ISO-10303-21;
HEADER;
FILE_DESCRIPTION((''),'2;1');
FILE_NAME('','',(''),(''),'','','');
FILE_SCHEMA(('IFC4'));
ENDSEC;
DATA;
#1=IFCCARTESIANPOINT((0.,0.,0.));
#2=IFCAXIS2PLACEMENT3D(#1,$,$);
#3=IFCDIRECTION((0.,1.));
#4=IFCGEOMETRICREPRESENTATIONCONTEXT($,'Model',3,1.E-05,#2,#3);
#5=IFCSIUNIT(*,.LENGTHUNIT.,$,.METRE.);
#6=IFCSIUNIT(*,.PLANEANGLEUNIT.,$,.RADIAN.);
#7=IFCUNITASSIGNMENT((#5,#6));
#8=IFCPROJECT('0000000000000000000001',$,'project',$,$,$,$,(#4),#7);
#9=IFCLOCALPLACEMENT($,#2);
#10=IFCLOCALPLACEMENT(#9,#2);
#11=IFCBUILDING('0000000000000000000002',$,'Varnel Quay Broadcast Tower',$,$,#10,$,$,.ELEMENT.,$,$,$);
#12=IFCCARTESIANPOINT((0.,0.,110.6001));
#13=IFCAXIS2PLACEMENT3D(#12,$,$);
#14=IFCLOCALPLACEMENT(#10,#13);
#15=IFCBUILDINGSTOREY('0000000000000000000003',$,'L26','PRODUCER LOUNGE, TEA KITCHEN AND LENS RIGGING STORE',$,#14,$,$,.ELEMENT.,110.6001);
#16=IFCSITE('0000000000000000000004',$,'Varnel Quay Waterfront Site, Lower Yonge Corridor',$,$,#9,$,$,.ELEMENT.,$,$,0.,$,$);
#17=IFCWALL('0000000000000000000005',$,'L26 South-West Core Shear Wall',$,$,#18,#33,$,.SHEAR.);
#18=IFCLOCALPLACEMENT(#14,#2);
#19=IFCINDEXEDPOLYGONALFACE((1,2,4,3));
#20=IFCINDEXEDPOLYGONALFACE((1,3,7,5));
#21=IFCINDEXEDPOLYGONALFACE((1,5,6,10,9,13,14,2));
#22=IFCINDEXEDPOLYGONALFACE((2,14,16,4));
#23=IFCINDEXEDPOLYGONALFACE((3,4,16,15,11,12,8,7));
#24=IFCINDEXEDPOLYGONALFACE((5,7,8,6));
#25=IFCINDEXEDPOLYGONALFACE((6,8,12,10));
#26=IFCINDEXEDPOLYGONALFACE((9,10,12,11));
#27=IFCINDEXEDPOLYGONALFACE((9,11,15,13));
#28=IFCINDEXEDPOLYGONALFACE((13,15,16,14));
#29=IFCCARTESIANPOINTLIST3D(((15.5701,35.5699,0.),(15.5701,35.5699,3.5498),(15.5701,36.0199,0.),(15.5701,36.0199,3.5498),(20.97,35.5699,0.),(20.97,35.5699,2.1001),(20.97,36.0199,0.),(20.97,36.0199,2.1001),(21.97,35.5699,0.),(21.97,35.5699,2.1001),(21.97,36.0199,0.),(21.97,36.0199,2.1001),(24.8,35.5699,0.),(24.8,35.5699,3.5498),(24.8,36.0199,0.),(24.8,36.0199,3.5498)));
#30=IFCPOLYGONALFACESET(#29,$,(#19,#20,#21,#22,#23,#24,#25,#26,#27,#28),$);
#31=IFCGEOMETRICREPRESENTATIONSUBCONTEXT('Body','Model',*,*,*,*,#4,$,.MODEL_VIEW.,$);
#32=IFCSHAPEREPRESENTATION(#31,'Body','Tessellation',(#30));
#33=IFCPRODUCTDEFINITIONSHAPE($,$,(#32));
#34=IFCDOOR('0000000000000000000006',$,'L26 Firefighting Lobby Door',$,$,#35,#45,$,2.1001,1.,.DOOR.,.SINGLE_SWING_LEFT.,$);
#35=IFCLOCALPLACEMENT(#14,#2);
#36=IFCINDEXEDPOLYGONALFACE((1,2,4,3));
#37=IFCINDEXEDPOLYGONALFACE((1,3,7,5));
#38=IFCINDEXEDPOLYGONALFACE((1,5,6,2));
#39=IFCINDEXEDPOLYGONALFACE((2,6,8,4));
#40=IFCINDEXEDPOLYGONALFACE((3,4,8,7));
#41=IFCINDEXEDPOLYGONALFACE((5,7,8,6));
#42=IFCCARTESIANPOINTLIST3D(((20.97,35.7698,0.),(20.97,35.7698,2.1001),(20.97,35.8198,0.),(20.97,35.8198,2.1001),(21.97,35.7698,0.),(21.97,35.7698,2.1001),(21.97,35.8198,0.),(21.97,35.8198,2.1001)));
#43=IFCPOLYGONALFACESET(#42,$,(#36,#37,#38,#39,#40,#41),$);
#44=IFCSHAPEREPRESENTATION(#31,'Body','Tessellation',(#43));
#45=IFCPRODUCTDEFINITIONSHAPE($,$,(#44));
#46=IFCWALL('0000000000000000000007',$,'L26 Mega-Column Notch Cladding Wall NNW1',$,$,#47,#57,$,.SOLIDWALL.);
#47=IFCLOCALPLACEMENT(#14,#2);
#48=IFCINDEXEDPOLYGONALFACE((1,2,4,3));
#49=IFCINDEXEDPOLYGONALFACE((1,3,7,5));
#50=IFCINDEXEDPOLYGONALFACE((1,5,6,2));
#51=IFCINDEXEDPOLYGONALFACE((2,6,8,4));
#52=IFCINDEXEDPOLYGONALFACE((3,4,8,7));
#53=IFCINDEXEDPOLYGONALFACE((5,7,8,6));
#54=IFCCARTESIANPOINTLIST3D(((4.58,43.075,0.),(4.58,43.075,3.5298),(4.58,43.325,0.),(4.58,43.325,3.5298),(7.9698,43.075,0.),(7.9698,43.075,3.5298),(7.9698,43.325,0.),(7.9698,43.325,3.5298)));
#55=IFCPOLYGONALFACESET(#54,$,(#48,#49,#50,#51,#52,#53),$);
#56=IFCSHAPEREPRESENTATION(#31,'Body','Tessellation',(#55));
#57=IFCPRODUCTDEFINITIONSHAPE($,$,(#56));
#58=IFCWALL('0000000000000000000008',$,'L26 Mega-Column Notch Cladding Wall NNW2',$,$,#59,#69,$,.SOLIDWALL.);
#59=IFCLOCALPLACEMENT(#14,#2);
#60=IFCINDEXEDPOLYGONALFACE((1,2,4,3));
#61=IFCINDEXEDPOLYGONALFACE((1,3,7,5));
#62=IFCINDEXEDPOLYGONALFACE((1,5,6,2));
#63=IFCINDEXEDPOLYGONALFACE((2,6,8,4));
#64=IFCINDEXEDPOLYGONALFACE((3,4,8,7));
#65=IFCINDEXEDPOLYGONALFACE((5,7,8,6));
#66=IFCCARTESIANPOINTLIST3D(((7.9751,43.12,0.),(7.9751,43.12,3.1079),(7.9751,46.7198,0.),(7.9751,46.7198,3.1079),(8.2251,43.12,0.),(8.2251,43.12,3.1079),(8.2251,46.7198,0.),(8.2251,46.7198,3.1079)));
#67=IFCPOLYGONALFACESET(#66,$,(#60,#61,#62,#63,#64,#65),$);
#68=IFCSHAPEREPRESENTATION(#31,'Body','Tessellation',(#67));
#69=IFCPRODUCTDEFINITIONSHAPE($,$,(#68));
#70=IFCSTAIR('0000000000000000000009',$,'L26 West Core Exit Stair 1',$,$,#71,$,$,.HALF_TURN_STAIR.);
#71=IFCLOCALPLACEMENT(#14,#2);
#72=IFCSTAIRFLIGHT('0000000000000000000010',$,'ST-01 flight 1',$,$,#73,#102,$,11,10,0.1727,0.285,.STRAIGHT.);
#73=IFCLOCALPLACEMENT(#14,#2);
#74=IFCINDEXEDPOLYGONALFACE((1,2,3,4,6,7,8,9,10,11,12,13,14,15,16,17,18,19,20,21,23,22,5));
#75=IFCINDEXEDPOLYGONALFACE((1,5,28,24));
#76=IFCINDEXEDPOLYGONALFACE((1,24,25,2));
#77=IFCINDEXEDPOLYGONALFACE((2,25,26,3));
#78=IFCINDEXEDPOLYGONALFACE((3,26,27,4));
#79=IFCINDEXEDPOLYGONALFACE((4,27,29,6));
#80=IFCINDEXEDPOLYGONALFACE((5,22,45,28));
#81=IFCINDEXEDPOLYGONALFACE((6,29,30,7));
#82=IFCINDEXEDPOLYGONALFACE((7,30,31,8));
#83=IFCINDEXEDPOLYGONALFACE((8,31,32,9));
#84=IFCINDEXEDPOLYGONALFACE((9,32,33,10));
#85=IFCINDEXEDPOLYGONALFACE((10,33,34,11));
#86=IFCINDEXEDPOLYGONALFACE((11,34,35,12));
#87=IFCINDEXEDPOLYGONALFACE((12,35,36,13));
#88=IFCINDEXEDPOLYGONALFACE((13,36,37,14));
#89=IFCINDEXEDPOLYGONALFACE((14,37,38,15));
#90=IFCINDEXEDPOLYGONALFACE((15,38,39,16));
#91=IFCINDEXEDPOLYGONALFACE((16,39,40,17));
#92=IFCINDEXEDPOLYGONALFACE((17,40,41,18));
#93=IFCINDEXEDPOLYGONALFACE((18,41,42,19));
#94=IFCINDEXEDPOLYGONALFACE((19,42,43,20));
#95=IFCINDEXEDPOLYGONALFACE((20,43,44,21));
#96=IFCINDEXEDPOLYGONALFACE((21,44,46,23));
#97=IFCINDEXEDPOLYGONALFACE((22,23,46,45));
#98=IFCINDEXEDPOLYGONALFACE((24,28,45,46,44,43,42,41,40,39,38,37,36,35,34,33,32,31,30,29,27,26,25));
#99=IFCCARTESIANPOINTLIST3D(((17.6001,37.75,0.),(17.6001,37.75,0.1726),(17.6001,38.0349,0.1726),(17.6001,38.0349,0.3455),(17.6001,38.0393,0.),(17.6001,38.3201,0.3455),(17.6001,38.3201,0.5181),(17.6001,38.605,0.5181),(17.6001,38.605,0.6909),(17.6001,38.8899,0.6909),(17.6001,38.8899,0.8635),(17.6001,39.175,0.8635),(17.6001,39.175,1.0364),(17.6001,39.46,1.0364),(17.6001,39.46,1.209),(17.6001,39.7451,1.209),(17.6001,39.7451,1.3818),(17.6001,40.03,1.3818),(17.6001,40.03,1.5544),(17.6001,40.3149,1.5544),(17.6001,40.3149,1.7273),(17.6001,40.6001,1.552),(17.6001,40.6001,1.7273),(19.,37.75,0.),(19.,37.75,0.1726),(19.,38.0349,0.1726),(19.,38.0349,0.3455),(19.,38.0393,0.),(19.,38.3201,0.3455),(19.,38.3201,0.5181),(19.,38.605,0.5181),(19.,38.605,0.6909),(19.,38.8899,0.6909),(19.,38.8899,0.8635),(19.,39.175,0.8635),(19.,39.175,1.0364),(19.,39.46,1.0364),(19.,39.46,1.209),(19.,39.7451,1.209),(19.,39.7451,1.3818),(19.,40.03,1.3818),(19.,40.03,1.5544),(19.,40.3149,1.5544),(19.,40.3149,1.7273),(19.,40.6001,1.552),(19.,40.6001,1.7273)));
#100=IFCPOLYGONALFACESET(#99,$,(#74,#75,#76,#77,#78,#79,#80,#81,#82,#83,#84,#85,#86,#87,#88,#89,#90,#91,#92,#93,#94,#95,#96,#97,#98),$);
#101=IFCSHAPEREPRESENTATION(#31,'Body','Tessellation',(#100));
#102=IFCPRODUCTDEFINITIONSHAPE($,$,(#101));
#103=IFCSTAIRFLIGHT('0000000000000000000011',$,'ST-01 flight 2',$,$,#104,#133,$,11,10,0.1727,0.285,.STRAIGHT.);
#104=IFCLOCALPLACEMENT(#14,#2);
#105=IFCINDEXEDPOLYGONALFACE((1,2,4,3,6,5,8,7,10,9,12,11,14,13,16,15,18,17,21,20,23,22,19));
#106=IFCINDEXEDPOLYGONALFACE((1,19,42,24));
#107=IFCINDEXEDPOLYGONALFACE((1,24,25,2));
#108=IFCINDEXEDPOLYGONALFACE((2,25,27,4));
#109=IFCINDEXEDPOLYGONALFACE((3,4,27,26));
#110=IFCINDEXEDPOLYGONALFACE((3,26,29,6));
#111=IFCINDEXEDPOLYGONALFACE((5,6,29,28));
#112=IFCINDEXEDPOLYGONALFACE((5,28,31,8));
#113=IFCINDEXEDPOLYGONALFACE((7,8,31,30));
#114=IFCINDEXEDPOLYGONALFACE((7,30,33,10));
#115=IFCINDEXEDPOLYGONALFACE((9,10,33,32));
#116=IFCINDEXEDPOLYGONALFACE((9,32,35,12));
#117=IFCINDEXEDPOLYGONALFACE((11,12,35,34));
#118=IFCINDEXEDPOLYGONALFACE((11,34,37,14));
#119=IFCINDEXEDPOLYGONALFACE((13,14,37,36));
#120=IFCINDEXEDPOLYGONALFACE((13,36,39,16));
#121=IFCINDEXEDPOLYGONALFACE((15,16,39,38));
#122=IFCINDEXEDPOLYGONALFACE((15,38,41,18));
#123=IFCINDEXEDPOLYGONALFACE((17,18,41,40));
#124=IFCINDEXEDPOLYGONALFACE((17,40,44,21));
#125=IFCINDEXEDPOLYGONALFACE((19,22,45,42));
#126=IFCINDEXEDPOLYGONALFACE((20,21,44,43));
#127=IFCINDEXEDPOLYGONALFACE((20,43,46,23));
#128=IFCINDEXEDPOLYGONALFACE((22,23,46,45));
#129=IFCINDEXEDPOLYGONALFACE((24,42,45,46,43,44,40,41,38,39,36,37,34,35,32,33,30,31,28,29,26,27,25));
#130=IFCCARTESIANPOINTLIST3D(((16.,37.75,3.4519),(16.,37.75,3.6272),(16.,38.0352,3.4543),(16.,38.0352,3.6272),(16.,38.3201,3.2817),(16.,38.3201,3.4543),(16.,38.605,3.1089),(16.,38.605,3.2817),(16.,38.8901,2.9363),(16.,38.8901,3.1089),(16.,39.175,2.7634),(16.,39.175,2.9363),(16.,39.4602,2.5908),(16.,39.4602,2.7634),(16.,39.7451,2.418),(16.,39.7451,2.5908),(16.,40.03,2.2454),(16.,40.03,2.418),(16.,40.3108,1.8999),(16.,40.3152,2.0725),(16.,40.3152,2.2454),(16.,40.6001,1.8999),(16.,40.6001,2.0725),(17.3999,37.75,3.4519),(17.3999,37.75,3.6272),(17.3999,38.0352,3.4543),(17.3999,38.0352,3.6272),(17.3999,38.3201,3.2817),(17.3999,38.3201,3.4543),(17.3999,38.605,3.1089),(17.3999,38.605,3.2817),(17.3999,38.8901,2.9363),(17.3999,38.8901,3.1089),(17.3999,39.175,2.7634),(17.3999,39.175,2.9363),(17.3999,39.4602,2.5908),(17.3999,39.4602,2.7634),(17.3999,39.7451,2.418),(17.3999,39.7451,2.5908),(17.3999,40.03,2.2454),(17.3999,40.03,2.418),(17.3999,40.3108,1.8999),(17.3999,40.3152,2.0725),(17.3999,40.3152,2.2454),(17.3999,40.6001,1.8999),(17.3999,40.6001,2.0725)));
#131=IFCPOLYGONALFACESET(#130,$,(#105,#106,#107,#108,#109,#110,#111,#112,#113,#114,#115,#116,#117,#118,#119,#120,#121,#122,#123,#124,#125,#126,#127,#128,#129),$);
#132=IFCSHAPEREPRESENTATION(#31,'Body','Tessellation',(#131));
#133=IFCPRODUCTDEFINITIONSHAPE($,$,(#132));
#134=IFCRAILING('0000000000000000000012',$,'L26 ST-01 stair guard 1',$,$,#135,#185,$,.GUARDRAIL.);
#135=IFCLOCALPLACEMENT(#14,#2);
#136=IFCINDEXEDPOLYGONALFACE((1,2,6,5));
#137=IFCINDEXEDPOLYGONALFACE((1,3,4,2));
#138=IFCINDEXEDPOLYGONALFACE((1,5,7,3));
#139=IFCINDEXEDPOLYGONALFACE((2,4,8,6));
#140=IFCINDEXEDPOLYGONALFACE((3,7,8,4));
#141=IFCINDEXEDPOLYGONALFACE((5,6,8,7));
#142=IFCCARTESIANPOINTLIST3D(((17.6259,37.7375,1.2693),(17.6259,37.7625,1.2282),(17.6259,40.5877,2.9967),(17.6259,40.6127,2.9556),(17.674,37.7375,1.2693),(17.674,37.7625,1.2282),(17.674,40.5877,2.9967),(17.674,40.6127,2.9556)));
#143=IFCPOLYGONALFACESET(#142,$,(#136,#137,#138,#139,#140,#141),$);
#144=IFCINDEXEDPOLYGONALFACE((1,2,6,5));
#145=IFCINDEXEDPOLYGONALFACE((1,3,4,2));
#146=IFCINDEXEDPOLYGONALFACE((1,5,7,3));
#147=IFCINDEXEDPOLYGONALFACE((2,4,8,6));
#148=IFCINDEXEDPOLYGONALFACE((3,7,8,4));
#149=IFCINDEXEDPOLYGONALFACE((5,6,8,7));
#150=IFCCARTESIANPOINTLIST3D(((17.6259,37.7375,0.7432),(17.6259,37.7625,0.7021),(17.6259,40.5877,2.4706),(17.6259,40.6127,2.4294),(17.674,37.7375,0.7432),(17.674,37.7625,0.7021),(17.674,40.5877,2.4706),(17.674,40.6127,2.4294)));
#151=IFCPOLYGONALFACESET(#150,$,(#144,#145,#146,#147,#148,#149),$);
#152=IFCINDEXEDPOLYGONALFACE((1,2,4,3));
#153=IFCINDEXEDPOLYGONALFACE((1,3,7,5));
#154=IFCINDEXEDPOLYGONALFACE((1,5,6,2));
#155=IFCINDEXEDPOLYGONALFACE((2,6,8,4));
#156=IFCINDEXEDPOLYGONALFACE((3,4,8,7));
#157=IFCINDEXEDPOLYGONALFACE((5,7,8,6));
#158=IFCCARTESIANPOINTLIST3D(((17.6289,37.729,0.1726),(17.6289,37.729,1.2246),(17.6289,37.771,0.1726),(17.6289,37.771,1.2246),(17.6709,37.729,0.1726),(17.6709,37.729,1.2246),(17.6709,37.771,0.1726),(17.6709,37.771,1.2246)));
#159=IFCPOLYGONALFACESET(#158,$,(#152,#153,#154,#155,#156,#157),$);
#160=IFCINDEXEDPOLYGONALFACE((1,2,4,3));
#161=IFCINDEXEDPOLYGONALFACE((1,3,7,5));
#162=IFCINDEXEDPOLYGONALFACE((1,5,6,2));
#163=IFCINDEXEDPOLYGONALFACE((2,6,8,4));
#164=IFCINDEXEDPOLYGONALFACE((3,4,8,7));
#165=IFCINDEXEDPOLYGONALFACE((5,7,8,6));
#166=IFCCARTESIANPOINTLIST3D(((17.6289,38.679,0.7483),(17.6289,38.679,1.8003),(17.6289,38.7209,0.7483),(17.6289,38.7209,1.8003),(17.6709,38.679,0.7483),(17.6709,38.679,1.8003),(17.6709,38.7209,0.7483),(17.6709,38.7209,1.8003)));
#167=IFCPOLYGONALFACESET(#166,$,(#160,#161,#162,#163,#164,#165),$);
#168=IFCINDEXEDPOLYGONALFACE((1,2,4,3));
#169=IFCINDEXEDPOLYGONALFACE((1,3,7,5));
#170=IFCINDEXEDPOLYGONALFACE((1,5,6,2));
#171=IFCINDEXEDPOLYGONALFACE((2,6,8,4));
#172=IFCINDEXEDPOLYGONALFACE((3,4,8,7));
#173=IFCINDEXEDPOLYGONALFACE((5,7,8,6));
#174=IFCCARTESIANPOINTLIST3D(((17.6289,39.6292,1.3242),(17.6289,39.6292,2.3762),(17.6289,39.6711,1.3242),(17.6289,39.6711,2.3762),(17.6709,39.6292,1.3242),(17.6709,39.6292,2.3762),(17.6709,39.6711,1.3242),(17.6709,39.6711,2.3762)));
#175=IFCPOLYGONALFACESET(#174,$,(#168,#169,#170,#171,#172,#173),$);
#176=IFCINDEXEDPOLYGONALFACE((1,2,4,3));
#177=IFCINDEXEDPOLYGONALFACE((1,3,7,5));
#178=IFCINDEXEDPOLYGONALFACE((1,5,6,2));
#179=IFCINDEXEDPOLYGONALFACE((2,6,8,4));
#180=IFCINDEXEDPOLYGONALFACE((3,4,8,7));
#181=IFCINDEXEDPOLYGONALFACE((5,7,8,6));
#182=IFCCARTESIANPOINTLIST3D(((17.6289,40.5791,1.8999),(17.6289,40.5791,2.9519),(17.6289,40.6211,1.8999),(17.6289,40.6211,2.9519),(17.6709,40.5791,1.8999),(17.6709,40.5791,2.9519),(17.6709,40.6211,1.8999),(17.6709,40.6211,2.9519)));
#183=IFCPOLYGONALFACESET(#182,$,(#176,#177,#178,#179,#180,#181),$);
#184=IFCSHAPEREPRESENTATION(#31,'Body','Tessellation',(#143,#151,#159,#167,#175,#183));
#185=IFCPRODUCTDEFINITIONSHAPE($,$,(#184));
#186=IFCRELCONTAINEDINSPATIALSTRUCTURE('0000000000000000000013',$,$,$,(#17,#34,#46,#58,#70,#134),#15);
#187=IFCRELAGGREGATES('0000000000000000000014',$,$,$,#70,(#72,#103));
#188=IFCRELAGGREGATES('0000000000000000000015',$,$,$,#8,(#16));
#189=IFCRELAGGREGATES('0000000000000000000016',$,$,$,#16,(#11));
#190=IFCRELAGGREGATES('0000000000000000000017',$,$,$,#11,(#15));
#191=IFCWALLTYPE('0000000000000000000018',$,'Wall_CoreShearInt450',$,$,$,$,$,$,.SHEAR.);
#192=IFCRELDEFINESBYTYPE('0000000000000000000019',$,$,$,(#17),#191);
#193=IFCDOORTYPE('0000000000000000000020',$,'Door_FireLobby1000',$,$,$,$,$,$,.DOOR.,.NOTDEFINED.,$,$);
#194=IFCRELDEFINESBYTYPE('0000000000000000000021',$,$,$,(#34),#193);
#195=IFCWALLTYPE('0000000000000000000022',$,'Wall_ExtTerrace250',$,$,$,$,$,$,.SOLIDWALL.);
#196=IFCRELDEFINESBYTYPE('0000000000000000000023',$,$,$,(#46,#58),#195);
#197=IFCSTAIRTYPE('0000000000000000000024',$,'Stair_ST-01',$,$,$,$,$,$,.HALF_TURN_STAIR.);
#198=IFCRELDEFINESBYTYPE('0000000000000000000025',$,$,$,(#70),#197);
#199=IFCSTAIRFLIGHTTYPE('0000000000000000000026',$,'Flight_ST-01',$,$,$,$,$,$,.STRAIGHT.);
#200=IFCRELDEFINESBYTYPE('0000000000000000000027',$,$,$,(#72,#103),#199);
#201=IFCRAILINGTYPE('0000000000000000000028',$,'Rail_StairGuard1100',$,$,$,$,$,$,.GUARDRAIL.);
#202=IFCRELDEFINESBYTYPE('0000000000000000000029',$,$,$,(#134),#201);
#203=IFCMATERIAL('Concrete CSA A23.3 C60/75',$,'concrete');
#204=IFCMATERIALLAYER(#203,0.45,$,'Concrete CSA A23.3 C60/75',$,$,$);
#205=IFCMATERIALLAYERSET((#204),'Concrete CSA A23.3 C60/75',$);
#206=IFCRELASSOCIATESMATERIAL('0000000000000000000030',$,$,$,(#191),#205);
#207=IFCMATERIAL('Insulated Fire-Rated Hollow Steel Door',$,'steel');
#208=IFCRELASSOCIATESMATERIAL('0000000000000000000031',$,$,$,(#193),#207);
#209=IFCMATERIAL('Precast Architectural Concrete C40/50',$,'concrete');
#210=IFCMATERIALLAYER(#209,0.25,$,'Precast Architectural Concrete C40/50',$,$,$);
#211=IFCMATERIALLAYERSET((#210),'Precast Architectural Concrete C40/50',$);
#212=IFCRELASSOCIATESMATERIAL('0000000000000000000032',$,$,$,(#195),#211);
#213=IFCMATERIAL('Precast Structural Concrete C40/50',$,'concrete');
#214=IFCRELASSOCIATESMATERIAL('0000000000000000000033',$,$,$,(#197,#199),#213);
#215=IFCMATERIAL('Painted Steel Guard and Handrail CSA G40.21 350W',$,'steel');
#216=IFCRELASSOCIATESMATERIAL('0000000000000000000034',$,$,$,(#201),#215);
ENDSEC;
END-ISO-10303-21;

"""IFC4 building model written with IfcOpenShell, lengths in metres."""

from ifc_helpers import new_model, si_unit, direction, frame, frame_2d, origin, origin_2d, place, context, subcontext, project, spatial, polyline, rectangle, outline, extrude, source, transform, mapped, material, layer, layer_set, type_object, type_shapes, element, fill, aggregate, save


model = new_model("IFC4")

# Units and contexts
model_context = context("Model", 3, precision=1e-05, world=origin(), true_north=direction((0.0, 1.0)))
body_context = subcontext(model_context, "Body", "Model", "MODEL_VIEW")
ifc_project = project(units=[si_unit("LENGTHUNIT", "METRE"), si_unit("PLANEANGLEUNIT", "RADIAN")], contexts=[model_context])

# Site, building, storey
site_placement = place(None, origin())
site = spatial("IfcSite", under=ifc_project, at=site_placement, Name="Varnel Quay Waterfront Site, Lower Yonge Corridor", CompositionType="ELEMENT", RefElevation=0.0)
building_placement = place(site_placement, origin())
building = spatial("IfcBuilding", under=site, at=building_placement, Name="Varnel Quay Broadcast Tower", CompositionType="ELEMENT")
storey_placement = place(building_placement, frame((0.0, 0.0, 110.6001)))
storey = spatial("IfcBuildingStorey", under=building, at=storey_placement, Name="L26", Description="PRODUCER LOUNGE, TEA KITCHEN AND LENS RIGGING STORE", CompositionType="ELEMENT", Elevation=110.6001)

# Shared definitions
ifc_material_1 = material(Name="Concrete CSA A23.3 C60/75", Category="concrete")

# Shared definitions
ifc_material_2 = material(Name="Insulated Fire-Rated Hollow Steel Door", Category="steel")

# Wall, opening, door
ifc_layer_1 = layer(ifc_material_1, 0.45, Name="Concrete CSA A23.3 C60/75")
ifc_layer_set_1 = layer_set([ifc_layer_1], Name="Concrete CSA A23.3 C60/75")
wall_type_1 = type_object("IfcWallType", Name="Wall_CoreShearInt450", PredefinedType="SHEAR", material=ifc_layer_set_1)
wall_1_placement = place(storey_placement, frame((15.5701, 35.7949, 0.0), z_axis=(0.0, 0.0, 1.0), x_axis=(1.0, 0.0, 0.0)))
wall_1 = element("IfcWall", 1, at=wall_1_placement, inside=storey, type_object=wall_type_1, Name="L26 South-West Core Shear Wall", PredefinedType="SHEAR", context=body_context, shape_type="SweptSolid", body=[
    extrude(rectangle(XDim=9.23, YDim=0.45, at=frame_2d((4.615, 0.0))), origin(), (0.0, 0.0, 1.0), 3.5498),
])
opening_1_placement = place(wall_1_placement, frame((5.3999, 0.0, 0.0)))
opening_1 = element("IfcOpeningElement", 2, at=opening_1_placement, cuts=wall_1, PredefinedType="OPENING", context=body_context, shape_type="SweptSolid", body=[
    extrude(rectangle(XDim=1.0, YDim=2.1001, at=frame_2d((0.5, 1.05))), frame((0.0, 0.2349, 0.0), z_axis=(0.0, -1.0, 0.0), x_axis=(1.0, 0.0, 0.0)), (0.0, 0.0, 1.0), 0.47),
])
door_type_1 = type_object("IfcDoorType", Name="Door_FireLobby1000", OperationType="NOTDEFINED", PredefinedType="DOOR", material=ifc_material_2)
shared_shape_1 = source(origin(), body_context, "Body", "SweptSolid", [
    extrude(rectangle(XDim=1.0, YDim=2.1001, at=frame_2d((0.5, 1.05))), frame((0.0, 0.0249, 0.0), z_axis=(0.0, -1.0, 0.0), x_axis=(1.0, 0.0, 0.0)), (0.0, 0.0, 1.0), 0.05),
])
type_shapes(door_type_1, [shared_shape_1])
door_1_placement = place(opening_1_placement, origin())
door_1 = element("IfcDoor", 3, at=door_1_placement, inside=storey, type_object=door_type_1, Name="L26 Firefighting Lobby Door", OperationType="SINGLE_SWING_LEFT", OverallHeight=2.1001, OverallWidth=1.0, PredefinedType="DOOR", context=body_context, shape_type="MappedRepresentation", body=[
    mapped(shared_shape_1, transform((0.0, 0.0, 0.0), x_axis=(1.0, 0.0, 0.0), y_axis=(0.0, 1.0, 0.0), z_axis=(0.0, 0.0, 1.0), scale=1.0)),
])
fill(opening_1, door_1)

# Walls
ifc_material_3 = material(Name="Precast Architectural Concrete C40/50", Category="concrete")
ifc_layer_2 = layer(ifc_material_3, 0.25, Name="Precast Architectural Concrete C40/50")
ifc_layer_set_2 = layer_set([ifc_layer_2], Name="Precast Architectural Concrete C40/50")
wall_type_2 = type_object("IfcWallType", Name="Wall_ExtTerrace250", PredefinedType="SOLIDWALL", material=ifc_layer_set_2)
wall_2_placement = place(storey_placement, frame((4.5801, 43.2, 0.0), z_axis=(0.0, 0.0, 1.0), x_axis=(1.0, 0.0, 0.0)))
element("IfcWall", 4, at=wall_2_placement, inside=storey, type_object=wall_type_2, Name="L26 Mega-Column Notch Cladding Wall NNW1", PredefinedType="SOLIDWALL", context=body_context, shape_type="SweptSolid", body=[
    extrude(rectangle(XDim=3.3899, YDim=0.25, at=frame_2d((1.6948, 0.0))), origin(), (0.0, 0.0, 1.0), 3.5298),
])
wall_3_placement = place(storey_placement, frame((8.1001, 43.1201, 0.0), z_axis=(0.0, 0.0, 1.0), x_axis=(0.0, 1.0, 0.0)))
element("IfcWall", 5, at=wall_3_placement, inside=storey, type_object=wall_type_2, Name="L26 Mega-Column Notch Cladding Wall NNW2", PredefinedType="SOLIDWALL", context=body_context, shape_type="SweptSolid", body=[
    extrude(rectangle(XDim=3.5999, YDim=0.25, at=frame_2d((1.7998, 0.0))), origin(), (0.0, 0.0, 1.0), 3.1079),
])

# Stair, stair flights
ifc_material_4 = material(Name="Precast Structural Concrete C40/50", Category="concrete")
stair_type = type_object("IfcStairType", Name="Stair_ST-01", PredefinedType="HALF_TURN_STAIR", material=ifc_material_4)
stair_placement = place(storey_placement, origin())
stair = element("IfcStair", 6, at=stair_placement, inside=storey, type_object=stair_type, Name="L26 West Core Exit Stair 1", PredefinedType="HALF_TURN_STAIR")
stair_flight_type = type_object("IfcStairFlightType", Name="Flight_ST-01", PredefinedType="STRAIGHT", material=ifc_material_4)
stair_flight_1_placement = place(storey_placement, frame((18.3, 37.75, 0.0), z_axis=(0.0, 0.0, 1.0), x_axis=(0.0, 1.0, 0.0)))
stair_flight_1 = element("IfcStairFlight", 7, at=stair_flight_1_placement, type_object=stair_flight_type, Name="ST-01 flight 1", NumberOfRisers=11, NumberOfTreads=10, PredefinedType="STRAIGHT", RiserHeight=0.1727, TreadLength=0.285, context=body_context, shape_type="SweptSolid", body=[
    extrude(outline(polyline([(0.0, 0.0), (0.0, 0.1726), (0.2849, 0.1726), (0.2849, 0.3455), (0.5701, 0.3455), (0.5701, 0.5181), (0.855, 0.5181), (0.855, 0.6909), (1.1399, 0.6909), (1.1399, 0.8635), (1.425, 0.8635), (1.425, 1.0364), (1.71, 1.0364), (1.71, 1.209), (1.9951, 1.209), (1.9951, 1.3818), (2.28, 1.3818), (2.28, 1.5544), (2.5649, 1.5544), (2.5649, 1.7273), (2.8501, 1.7273), (2.8501, 1.8999), (2.8501, 1.552), (0.2893, 0.0), (0.0, 0.0)])), frame((0.0, 0.7, 0.0), z_axis=(0.0, -1.0, 0.0), x_axis=(1.0, 0.0, 0.0)), (0.0, 0.0, 1.0), 1.3999),
])
stair_flight_2_placement = place(storey_placement, frame((16.7, 40.6001, 1.8999), z_axis=(0.0, 0.0, 1.0), x_axis=(0.0, -1.0, 0.0)))
stair_flight_2 = element("IfcStairFlight", 8, at=stair_flight_2_placement, type_object=stair_flight_type, Name="ST-01 flight 2", NumberOfRisers=11, NumberOfTreads=10, PredefinedType="STRAIGHT", RiserHeight=0.1727, TreadLength=0.285, context=body_context, shape_type="SweptSolid", body=[
    extrude(outline(polyline([(0.0, 0.0), (0.0, 0.1726), (0.2849, 0.1726), (0.2849, 0.3455), (0.5701, 0.3455), (0.5701, 0.5181), (0.855, 0.5181), (0.855, 0.6909), (1.1399, 0.6909), (1.1399, 0.8635), (1.425, 0.8635), (1.425, 1.0364), (1.71, 1.0364), (1.71, 1.209), (1.9951, 1.209), (1.9951, 1.3818), (2.28, 1.3818), (2.28, 1.5544), (2.5649, 1.5544), (2.5649, 1.7273), (2.8501, 1.7273), (2.8501, 1.8999), (2.8501, 1.552), (0.2893, 0.0), (0.0, 0.0)])), frame((0.0, 0.7, 0.0), z_axis=(0.0, -1.0, 0.0), x_axis=(1.0, 0.0, 0.0)), (0.0, 0.0, 1.0), 1.3999),
])
aggregate(stair, [stair_flight_1, stair_flight_2])

# Railing
ifc_material_5 = material(Name="Painted Steel Guard and Handrail CSA G40.21 350W", Category="steel")
railing_type_1 = type_object("IfcRailingType", Name="Rail_StairGuard1100", PredefinedType="GUARDRAIL", material=ifc_material_5)
railing_1_placement = place(storey_placement, frame((17.6499, 37.75, 0.1726)))
element("IfcRailing", 9, at=railing_1_placement, inside=storey, type_object=railing_type_1, Name="L26 ST-01 stair guard 1", PredefinedType="GUARDRAIL", context=body_context, shape_type="SweptSolid", body=[
    extrude(rectangle(XDim=0.0481, YDim=0.0481, at=origin_2d()), frame((0.0, 0.0, 1.0762), z_axis=(0.0, 0.855203, 0.518294), x_axis=(-1.0, 0.0, 0.0)), (0.0, 0.0, 1.0), 3.3328),
    extrude(rectangle(XDim=0.0481, YDim=0.0481, at=origin_2d()), frame((0.0, 0.0, 0.55), z_axis=(0.0, 0.855203, 0.518294), x_axis=(-1.0, 0.0, 0.0)), (0.0, 0.0, 1.0), 3.3328),
    extrude(rectangle(XDim=0.042, YDim=0.042, at=origin_2d()), origin(), (0.0, 0.0, 1.0), 1.052),
    extrude(rectangle(XDim=0.042, YDim=0.042, at=origin_2d()), frame((0.0, 0.95, 0.5757)), (0.0, 0.0, 1.0), 1.052),
    extrude(rectangle(XDim=0.042, YDim=0.042, at=origin_2d()), frame((0.0, 1.9001, 1.1516)), (0.0, 0.0, 1.0), 1.052),
    extrude(rectangle(XDim=0.042, YDim=0.042, at=origin_2d()), frame((0.0, 2.8501, 1.7273)), (0.0, 0.0, 1.0), 1.052),
])

save(model, "model.ifc")
